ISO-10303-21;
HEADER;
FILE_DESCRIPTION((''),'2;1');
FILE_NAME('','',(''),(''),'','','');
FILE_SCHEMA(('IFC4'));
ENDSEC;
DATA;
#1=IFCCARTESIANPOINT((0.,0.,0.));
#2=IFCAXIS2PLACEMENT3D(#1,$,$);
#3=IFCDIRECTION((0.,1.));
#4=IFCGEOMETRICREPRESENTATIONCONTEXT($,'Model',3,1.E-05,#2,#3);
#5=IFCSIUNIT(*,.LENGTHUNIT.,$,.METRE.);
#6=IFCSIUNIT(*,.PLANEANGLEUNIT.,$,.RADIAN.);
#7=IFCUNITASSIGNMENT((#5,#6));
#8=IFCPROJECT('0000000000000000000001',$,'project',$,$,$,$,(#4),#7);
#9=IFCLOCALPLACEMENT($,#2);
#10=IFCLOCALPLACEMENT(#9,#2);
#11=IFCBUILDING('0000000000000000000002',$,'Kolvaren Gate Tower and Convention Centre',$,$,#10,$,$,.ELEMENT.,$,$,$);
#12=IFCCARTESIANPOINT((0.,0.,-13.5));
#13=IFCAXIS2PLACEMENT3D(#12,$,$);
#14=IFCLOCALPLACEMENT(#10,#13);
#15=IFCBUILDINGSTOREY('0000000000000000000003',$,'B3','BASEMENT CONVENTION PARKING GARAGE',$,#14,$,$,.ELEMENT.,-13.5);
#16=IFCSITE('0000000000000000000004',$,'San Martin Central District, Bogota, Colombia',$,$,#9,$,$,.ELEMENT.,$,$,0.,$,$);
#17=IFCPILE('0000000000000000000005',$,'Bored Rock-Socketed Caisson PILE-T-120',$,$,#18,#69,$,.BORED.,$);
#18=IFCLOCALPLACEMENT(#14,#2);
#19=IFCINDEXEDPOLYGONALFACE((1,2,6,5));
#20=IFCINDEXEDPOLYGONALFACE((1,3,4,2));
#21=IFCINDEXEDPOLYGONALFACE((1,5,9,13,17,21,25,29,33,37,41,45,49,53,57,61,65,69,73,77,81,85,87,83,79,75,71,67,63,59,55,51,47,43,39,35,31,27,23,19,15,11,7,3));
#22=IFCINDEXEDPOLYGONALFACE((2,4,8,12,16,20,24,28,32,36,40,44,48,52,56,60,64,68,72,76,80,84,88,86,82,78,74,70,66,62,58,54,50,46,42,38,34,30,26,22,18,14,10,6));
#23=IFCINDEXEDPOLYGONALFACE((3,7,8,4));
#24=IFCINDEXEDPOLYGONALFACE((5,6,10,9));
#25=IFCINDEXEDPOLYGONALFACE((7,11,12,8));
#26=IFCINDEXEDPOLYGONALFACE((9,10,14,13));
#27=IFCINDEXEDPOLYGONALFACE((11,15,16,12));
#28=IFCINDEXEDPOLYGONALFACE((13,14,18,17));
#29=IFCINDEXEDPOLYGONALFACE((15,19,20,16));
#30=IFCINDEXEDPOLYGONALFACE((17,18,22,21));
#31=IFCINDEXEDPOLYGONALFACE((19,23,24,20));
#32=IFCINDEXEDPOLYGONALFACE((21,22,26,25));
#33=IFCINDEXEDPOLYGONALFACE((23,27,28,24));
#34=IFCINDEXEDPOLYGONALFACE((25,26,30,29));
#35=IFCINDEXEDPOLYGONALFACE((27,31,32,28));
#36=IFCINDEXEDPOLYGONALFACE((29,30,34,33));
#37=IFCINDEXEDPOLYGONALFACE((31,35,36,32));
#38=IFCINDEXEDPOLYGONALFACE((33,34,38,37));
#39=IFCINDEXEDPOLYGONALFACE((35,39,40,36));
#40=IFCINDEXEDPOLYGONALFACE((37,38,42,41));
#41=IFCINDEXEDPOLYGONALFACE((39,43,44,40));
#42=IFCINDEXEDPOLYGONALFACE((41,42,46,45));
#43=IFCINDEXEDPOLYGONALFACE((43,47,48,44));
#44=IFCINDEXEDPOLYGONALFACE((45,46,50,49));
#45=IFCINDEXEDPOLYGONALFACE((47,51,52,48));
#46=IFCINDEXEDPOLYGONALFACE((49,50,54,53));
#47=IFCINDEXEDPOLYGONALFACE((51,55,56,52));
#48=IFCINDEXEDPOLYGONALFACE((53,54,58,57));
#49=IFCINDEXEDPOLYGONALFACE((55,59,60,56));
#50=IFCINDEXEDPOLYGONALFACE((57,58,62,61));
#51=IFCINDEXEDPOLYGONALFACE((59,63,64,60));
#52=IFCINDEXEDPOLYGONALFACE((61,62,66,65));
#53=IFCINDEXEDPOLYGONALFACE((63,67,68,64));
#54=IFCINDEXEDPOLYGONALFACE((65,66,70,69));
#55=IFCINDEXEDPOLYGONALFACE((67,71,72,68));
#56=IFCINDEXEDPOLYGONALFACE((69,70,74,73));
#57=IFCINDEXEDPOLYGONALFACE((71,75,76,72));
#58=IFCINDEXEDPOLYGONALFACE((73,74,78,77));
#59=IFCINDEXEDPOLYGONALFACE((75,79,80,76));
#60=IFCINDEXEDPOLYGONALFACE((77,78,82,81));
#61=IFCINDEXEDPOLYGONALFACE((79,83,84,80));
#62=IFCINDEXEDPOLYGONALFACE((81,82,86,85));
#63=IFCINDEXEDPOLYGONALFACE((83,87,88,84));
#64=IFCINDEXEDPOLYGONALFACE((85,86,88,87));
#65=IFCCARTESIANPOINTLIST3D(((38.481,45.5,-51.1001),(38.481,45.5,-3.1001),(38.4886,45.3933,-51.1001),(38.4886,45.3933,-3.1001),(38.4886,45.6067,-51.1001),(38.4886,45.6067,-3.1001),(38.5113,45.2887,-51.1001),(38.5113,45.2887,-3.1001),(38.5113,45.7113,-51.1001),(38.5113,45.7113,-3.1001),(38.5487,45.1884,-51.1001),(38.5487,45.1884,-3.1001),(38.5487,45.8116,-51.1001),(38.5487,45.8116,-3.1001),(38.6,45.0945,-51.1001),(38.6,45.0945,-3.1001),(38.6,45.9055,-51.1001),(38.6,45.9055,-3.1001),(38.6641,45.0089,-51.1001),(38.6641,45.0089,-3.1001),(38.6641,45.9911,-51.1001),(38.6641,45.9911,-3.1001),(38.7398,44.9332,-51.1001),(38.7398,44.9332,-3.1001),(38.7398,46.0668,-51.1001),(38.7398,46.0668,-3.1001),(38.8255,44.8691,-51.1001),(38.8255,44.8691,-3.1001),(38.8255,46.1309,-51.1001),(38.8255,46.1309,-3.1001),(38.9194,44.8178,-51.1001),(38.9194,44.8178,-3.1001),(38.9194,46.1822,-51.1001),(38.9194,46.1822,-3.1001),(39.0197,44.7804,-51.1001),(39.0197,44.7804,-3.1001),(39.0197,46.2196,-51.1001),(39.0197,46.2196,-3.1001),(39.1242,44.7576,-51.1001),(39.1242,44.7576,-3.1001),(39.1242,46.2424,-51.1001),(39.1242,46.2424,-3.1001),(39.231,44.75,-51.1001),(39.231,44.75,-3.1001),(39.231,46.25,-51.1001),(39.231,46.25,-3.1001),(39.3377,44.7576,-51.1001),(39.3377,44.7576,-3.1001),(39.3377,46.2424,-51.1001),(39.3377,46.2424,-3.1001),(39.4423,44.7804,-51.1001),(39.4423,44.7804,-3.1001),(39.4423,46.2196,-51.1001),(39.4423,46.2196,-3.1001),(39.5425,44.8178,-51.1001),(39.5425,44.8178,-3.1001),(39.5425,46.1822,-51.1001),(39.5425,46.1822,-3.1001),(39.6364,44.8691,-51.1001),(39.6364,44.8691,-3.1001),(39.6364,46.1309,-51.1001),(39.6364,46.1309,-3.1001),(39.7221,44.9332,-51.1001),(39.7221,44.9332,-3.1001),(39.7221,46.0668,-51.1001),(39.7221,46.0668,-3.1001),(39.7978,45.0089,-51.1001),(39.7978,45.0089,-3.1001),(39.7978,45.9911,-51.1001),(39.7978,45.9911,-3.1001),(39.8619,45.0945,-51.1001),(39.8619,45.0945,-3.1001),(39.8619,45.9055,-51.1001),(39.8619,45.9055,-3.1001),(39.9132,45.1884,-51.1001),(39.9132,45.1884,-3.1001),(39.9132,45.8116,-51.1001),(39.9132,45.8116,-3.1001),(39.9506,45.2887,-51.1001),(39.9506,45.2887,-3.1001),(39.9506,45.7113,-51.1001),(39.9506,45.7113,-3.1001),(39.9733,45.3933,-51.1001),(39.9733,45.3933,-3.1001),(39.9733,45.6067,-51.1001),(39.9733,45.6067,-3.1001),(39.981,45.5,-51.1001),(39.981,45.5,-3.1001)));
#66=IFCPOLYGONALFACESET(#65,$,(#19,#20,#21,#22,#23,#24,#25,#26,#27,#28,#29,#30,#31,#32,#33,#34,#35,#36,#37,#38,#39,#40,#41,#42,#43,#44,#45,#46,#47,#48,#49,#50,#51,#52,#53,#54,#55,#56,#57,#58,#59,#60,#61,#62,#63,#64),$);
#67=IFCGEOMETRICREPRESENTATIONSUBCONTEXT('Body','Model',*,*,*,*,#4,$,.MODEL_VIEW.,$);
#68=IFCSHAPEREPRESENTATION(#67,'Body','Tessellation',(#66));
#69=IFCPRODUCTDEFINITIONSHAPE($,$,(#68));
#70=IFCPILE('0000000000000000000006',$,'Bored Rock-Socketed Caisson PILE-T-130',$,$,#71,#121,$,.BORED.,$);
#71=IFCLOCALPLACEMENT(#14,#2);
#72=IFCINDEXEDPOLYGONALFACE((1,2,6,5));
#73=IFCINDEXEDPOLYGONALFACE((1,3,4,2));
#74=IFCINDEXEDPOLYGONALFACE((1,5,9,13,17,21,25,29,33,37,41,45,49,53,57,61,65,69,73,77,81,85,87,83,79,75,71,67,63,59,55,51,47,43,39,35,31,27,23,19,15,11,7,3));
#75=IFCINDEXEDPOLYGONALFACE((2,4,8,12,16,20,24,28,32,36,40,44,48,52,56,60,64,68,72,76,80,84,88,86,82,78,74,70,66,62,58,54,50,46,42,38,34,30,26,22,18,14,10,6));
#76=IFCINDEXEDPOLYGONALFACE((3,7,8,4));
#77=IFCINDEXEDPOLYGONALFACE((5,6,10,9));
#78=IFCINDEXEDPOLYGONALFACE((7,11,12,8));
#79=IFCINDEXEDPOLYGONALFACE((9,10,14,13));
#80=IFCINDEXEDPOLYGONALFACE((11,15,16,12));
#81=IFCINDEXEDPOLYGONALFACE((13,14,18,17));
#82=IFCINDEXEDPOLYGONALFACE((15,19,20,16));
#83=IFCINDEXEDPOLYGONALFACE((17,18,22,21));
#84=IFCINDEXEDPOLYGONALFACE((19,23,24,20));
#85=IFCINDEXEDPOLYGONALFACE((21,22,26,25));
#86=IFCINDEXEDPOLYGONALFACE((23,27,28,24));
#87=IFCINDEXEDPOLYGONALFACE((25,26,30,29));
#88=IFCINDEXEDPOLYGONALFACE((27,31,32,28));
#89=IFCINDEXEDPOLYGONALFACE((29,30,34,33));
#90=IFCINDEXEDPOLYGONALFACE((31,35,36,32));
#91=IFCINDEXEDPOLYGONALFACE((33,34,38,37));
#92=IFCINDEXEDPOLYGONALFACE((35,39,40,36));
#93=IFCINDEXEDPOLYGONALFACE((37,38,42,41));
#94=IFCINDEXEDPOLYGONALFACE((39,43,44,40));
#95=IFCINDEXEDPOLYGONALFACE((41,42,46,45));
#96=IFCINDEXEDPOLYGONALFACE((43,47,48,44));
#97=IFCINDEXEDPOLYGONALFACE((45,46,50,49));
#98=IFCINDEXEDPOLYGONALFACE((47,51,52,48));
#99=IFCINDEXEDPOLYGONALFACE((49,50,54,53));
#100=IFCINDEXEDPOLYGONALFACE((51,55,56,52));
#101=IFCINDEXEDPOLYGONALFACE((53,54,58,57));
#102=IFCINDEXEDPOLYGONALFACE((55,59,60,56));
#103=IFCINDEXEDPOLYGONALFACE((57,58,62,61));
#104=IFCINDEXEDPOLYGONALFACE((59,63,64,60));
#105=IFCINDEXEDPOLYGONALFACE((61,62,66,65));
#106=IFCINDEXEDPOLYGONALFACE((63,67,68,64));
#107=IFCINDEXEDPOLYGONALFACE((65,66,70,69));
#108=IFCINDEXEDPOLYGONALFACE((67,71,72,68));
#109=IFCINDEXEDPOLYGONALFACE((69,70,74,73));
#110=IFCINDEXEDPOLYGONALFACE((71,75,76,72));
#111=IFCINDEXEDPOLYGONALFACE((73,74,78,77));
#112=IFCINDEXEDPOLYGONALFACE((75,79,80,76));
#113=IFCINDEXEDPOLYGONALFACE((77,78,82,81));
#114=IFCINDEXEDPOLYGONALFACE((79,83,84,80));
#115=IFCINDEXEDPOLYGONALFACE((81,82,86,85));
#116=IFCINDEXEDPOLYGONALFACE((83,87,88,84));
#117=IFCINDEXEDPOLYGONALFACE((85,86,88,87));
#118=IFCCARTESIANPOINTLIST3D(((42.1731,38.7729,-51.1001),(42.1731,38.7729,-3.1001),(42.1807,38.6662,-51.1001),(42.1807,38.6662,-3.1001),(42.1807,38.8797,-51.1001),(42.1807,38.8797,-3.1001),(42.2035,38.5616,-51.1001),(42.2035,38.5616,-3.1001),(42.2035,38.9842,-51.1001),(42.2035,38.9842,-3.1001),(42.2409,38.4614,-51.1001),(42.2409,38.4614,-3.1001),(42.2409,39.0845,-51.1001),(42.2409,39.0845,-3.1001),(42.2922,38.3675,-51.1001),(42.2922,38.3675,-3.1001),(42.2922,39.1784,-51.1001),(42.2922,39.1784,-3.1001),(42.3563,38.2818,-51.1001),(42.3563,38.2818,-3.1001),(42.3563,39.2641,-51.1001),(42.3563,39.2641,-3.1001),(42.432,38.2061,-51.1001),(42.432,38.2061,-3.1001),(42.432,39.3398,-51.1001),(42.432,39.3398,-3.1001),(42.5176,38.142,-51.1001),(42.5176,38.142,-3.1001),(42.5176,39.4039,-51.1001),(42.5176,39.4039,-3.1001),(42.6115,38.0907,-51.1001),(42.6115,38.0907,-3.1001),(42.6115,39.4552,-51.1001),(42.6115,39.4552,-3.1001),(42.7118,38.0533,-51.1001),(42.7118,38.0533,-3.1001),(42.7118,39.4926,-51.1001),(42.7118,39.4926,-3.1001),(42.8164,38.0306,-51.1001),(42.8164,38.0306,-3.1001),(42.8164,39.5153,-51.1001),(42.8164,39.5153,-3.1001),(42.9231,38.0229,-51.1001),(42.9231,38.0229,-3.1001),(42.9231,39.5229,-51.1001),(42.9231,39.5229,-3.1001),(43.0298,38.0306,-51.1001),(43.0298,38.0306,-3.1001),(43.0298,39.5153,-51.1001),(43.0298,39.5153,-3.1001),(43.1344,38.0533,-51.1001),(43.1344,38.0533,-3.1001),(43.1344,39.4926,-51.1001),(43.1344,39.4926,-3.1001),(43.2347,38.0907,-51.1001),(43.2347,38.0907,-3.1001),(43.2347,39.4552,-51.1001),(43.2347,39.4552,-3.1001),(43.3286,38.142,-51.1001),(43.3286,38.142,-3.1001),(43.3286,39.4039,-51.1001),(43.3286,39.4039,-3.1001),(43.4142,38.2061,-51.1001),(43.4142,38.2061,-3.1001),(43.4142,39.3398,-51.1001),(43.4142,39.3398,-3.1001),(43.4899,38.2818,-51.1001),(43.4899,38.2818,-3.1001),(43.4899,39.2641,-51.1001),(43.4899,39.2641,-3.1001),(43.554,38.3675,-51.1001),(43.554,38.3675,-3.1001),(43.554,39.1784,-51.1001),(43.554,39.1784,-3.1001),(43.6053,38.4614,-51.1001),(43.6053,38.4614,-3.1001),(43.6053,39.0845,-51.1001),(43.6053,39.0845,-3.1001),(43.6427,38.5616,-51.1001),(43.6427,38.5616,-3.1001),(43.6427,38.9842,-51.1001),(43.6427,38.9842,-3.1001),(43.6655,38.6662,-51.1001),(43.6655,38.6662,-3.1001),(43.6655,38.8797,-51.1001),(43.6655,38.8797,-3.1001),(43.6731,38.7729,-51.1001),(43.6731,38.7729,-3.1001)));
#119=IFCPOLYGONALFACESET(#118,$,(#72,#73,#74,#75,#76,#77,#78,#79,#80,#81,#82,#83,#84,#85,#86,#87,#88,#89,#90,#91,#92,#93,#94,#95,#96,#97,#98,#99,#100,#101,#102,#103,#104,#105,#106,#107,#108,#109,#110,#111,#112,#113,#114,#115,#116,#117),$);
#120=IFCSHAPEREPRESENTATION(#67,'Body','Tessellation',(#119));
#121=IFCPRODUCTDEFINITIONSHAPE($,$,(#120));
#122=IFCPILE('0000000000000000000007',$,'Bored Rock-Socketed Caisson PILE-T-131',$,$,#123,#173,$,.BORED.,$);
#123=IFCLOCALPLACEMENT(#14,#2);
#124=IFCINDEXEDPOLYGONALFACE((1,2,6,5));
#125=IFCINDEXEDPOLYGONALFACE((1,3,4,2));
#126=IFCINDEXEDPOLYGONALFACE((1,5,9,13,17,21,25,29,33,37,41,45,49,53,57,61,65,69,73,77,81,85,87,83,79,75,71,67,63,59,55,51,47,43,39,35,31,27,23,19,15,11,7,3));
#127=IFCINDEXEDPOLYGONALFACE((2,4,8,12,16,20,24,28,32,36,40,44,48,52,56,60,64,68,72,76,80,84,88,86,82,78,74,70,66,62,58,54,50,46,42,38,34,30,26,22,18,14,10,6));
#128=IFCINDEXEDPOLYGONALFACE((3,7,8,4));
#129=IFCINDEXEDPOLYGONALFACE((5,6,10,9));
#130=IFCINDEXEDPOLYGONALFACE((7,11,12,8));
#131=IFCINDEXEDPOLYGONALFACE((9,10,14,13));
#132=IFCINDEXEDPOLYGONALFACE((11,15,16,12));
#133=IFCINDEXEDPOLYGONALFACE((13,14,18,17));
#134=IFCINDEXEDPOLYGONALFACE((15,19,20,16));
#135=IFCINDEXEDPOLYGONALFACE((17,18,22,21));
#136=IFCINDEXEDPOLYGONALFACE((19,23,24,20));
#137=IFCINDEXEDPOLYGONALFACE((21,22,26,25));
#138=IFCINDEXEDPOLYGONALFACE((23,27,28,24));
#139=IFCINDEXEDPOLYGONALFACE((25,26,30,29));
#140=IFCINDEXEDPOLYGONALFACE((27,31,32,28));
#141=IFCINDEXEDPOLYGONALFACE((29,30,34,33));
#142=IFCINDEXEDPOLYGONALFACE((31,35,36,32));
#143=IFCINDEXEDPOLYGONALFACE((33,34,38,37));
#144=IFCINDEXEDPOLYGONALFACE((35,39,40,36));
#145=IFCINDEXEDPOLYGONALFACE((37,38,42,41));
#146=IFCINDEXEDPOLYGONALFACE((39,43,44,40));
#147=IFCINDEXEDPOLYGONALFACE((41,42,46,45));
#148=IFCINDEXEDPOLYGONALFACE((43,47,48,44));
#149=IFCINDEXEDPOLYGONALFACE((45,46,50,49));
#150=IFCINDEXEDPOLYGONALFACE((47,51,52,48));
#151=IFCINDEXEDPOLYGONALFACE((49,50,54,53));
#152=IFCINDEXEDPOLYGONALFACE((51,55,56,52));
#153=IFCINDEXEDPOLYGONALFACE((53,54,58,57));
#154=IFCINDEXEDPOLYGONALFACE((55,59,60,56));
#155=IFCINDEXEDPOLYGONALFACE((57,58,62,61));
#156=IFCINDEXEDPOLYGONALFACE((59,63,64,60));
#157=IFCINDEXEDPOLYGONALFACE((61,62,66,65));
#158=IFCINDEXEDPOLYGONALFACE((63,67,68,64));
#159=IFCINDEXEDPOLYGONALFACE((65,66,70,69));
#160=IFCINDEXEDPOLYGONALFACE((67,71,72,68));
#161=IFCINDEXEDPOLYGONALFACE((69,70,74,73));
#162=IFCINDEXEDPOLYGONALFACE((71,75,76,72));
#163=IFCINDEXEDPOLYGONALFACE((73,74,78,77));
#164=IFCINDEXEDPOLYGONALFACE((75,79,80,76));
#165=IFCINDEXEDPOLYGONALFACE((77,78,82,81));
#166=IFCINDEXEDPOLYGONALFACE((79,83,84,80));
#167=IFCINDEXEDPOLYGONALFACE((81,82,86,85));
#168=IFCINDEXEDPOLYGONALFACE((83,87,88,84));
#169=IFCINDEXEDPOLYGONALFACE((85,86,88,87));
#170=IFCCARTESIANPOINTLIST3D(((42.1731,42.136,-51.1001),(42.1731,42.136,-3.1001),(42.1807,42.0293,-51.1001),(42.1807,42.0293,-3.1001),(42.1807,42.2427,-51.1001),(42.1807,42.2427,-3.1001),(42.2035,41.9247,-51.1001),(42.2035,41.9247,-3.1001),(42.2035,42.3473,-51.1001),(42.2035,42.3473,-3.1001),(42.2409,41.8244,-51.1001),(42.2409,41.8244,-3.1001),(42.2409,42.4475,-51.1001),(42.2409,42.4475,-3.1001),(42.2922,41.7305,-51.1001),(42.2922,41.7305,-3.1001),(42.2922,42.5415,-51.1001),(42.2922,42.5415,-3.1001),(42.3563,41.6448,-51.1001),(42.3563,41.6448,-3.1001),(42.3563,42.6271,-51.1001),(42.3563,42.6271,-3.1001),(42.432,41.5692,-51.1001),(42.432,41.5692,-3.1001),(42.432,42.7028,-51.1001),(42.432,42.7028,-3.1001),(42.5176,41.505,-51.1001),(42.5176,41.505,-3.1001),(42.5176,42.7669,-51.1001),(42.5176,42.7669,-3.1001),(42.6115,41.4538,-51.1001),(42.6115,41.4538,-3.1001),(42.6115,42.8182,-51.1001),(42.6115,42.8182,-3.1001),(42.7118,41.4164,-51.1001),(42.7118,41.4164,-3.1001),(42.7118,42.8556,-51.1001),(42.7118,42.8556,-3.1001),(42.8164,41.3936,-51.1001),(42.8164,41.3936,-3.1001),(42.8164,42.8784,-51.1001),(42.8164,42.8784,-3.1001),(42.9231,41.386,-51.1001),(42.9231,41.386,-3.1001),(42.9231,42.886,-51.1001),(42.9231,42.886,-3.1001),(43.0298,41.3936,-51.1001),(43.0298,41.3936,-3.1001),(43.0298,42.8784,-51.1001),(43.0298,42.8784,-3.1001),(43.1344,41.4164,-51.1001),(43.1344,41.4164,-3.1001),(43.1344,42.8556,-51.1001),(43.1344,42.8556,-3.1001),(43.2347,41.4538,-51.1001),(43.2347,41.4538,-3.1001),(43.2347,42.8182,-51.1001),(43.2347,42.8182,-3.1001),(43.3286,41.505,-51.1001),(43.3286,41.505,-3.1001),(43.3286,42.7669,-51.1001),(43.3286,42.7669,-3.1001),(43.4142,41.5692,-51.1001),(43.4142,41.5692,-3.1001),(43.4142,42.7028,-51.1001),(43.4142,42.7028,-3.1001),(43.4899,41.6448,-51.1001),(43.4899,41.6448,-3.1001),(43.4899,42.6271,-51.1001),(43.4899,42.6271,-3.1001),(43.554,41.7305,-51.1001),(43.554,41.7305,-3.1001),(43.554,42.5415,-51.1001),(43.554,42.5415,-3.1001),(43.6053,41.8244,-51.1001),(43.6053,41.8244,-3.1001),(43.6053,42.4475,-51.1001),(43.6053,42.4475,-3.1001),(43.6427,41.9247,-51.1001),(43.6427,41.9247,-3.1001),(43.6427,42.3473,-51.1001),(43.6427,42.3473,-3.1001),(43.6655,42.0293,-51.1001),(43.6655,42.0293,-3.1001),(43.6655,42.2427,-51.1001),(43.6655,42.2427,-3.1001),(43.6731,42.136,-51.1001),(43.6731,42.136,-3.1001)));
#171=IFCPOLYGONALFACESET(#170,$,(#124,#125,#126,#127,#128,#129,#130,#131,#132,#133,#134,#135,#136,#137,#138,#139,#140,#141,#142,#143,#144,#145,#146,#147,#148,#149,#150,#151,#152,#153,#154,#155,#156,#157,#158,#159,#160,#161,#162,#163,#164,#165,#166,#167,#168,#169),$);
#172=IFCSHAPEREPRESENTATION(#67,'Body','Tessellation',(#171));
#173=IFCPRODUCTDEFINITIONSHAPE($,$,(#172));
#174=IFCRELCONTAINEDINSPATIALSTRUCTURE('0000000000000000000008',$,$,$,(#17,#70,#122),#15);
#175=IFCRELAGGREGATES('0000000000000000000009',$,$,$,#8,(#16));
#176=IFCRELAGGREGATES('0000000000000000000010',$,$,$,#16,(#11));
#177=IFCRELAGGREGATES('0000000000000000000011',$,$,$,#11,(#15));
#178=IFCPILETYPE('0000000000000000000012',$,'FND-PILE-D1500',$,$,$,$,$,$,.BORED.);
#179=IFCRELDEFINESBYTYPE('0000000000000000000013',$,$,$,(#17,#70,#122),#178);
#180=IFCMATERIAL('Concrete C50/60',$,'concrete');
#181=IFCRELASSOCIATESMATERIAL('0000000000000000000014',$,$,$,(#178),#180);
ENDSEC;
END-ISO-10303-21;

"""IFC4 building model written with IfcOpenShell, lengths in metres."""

from ifc_helpers import new_model, si_unit, direction, frame, origin, origin_2d, place, context, subcontext, project, spatial, circle, extrude, material, material_profile, profile_set, type_object, element, save


model = new_model("IFC4")

# Units and contexts
model_context = context("Model", 3, precision=1e-05, world=origin(), true_north=direction((0.0, 1.0)))
body_context = subcontext(model_context, "Body", "Model", "MODEL_VIEW")
ifc_project = project(units=[si_unit("LENGTHUNIT", "METRE"), si_unit("PLANEANGLEUNIT", "RADIAN")], contexts=[model_context])

# Site, building, storey
site_placement = place(None, origin())
site = spatial("IfcSite", under=ifc_project, at=site_placement, Name="San Martin Central District, Bogota, Colombia", CompositionType="ELEMENT", RefElevation=0.0)
building_placement = place(site_placement, origin())
building = spatial("IfcBuilding", under=site, at=building_placement, Name="Kolvaren Gate Tower and Convention Centre", CompositionType="ELEMENT")
storey_placement = place(building_placement, frame((0.0, 0.0, -13.5)))
storey = spatial("IfcBuildingStorey", under=building, at=storey_placement, Name="B3", Description="BASEMENT CONVENTION PARKING GARAGE", CompositionType="ELEMENT", Elevation=-13.5)

# Shared definitions
ifc_material_1 = material(Name="Concrete C50/60", Category="concrete")

# Piles
ifc_material_profile_1 = material_profile(ifc_material_1, circle(Radius=0.75, at=origin_2d()), Name="CAISSON-D1500")
ifc_profile_set_1 = profile_set([ifc_material_profile_1], Name="Concrete C50/60")
pile_type = type_object("IfcPileType", Name="FND-PILE-D1500", PredefinedType="BORED", material=ifc_profile_set_1)
for number, where, z_axis, x_axis, name in (
    (1, (39.231, 45.5, -3.1001), (0.0, 0.0, -1.0), (1.0, 0.0, 0.0), "Bored Rock-Socketed Caisson PILE-T-120"),
    (2, (42.9231, 38.7729, -3.1001), (0.0, 0.0, -1.0), (1.0, 0.0, 0.0), "Bored Rock-Socketed Caisson PILE-T-130"),
    (3, (42.9231, 42.136, -3.1001), (0.0, 0.0, -1.0), (1.0, 0.0, 0.0), "Bored Rock-Socketed Caisson PILE-T-131"),
):
    element("IfcPile", number, at=place(storey_placement, frame(where, z_axis=z_axis, x_axis=x_axis)), inside=storey, type_object=pile_type, Name=name, PredefinedType="BORED", context=body_context, shape_type="SweptSolid", body=[
        extrude(circle(Radius=0.75, at=origin_2d()), origin(), (0.0, 0.0, 1.0), 48.0),
    ])

save(model, "model.ifc")
